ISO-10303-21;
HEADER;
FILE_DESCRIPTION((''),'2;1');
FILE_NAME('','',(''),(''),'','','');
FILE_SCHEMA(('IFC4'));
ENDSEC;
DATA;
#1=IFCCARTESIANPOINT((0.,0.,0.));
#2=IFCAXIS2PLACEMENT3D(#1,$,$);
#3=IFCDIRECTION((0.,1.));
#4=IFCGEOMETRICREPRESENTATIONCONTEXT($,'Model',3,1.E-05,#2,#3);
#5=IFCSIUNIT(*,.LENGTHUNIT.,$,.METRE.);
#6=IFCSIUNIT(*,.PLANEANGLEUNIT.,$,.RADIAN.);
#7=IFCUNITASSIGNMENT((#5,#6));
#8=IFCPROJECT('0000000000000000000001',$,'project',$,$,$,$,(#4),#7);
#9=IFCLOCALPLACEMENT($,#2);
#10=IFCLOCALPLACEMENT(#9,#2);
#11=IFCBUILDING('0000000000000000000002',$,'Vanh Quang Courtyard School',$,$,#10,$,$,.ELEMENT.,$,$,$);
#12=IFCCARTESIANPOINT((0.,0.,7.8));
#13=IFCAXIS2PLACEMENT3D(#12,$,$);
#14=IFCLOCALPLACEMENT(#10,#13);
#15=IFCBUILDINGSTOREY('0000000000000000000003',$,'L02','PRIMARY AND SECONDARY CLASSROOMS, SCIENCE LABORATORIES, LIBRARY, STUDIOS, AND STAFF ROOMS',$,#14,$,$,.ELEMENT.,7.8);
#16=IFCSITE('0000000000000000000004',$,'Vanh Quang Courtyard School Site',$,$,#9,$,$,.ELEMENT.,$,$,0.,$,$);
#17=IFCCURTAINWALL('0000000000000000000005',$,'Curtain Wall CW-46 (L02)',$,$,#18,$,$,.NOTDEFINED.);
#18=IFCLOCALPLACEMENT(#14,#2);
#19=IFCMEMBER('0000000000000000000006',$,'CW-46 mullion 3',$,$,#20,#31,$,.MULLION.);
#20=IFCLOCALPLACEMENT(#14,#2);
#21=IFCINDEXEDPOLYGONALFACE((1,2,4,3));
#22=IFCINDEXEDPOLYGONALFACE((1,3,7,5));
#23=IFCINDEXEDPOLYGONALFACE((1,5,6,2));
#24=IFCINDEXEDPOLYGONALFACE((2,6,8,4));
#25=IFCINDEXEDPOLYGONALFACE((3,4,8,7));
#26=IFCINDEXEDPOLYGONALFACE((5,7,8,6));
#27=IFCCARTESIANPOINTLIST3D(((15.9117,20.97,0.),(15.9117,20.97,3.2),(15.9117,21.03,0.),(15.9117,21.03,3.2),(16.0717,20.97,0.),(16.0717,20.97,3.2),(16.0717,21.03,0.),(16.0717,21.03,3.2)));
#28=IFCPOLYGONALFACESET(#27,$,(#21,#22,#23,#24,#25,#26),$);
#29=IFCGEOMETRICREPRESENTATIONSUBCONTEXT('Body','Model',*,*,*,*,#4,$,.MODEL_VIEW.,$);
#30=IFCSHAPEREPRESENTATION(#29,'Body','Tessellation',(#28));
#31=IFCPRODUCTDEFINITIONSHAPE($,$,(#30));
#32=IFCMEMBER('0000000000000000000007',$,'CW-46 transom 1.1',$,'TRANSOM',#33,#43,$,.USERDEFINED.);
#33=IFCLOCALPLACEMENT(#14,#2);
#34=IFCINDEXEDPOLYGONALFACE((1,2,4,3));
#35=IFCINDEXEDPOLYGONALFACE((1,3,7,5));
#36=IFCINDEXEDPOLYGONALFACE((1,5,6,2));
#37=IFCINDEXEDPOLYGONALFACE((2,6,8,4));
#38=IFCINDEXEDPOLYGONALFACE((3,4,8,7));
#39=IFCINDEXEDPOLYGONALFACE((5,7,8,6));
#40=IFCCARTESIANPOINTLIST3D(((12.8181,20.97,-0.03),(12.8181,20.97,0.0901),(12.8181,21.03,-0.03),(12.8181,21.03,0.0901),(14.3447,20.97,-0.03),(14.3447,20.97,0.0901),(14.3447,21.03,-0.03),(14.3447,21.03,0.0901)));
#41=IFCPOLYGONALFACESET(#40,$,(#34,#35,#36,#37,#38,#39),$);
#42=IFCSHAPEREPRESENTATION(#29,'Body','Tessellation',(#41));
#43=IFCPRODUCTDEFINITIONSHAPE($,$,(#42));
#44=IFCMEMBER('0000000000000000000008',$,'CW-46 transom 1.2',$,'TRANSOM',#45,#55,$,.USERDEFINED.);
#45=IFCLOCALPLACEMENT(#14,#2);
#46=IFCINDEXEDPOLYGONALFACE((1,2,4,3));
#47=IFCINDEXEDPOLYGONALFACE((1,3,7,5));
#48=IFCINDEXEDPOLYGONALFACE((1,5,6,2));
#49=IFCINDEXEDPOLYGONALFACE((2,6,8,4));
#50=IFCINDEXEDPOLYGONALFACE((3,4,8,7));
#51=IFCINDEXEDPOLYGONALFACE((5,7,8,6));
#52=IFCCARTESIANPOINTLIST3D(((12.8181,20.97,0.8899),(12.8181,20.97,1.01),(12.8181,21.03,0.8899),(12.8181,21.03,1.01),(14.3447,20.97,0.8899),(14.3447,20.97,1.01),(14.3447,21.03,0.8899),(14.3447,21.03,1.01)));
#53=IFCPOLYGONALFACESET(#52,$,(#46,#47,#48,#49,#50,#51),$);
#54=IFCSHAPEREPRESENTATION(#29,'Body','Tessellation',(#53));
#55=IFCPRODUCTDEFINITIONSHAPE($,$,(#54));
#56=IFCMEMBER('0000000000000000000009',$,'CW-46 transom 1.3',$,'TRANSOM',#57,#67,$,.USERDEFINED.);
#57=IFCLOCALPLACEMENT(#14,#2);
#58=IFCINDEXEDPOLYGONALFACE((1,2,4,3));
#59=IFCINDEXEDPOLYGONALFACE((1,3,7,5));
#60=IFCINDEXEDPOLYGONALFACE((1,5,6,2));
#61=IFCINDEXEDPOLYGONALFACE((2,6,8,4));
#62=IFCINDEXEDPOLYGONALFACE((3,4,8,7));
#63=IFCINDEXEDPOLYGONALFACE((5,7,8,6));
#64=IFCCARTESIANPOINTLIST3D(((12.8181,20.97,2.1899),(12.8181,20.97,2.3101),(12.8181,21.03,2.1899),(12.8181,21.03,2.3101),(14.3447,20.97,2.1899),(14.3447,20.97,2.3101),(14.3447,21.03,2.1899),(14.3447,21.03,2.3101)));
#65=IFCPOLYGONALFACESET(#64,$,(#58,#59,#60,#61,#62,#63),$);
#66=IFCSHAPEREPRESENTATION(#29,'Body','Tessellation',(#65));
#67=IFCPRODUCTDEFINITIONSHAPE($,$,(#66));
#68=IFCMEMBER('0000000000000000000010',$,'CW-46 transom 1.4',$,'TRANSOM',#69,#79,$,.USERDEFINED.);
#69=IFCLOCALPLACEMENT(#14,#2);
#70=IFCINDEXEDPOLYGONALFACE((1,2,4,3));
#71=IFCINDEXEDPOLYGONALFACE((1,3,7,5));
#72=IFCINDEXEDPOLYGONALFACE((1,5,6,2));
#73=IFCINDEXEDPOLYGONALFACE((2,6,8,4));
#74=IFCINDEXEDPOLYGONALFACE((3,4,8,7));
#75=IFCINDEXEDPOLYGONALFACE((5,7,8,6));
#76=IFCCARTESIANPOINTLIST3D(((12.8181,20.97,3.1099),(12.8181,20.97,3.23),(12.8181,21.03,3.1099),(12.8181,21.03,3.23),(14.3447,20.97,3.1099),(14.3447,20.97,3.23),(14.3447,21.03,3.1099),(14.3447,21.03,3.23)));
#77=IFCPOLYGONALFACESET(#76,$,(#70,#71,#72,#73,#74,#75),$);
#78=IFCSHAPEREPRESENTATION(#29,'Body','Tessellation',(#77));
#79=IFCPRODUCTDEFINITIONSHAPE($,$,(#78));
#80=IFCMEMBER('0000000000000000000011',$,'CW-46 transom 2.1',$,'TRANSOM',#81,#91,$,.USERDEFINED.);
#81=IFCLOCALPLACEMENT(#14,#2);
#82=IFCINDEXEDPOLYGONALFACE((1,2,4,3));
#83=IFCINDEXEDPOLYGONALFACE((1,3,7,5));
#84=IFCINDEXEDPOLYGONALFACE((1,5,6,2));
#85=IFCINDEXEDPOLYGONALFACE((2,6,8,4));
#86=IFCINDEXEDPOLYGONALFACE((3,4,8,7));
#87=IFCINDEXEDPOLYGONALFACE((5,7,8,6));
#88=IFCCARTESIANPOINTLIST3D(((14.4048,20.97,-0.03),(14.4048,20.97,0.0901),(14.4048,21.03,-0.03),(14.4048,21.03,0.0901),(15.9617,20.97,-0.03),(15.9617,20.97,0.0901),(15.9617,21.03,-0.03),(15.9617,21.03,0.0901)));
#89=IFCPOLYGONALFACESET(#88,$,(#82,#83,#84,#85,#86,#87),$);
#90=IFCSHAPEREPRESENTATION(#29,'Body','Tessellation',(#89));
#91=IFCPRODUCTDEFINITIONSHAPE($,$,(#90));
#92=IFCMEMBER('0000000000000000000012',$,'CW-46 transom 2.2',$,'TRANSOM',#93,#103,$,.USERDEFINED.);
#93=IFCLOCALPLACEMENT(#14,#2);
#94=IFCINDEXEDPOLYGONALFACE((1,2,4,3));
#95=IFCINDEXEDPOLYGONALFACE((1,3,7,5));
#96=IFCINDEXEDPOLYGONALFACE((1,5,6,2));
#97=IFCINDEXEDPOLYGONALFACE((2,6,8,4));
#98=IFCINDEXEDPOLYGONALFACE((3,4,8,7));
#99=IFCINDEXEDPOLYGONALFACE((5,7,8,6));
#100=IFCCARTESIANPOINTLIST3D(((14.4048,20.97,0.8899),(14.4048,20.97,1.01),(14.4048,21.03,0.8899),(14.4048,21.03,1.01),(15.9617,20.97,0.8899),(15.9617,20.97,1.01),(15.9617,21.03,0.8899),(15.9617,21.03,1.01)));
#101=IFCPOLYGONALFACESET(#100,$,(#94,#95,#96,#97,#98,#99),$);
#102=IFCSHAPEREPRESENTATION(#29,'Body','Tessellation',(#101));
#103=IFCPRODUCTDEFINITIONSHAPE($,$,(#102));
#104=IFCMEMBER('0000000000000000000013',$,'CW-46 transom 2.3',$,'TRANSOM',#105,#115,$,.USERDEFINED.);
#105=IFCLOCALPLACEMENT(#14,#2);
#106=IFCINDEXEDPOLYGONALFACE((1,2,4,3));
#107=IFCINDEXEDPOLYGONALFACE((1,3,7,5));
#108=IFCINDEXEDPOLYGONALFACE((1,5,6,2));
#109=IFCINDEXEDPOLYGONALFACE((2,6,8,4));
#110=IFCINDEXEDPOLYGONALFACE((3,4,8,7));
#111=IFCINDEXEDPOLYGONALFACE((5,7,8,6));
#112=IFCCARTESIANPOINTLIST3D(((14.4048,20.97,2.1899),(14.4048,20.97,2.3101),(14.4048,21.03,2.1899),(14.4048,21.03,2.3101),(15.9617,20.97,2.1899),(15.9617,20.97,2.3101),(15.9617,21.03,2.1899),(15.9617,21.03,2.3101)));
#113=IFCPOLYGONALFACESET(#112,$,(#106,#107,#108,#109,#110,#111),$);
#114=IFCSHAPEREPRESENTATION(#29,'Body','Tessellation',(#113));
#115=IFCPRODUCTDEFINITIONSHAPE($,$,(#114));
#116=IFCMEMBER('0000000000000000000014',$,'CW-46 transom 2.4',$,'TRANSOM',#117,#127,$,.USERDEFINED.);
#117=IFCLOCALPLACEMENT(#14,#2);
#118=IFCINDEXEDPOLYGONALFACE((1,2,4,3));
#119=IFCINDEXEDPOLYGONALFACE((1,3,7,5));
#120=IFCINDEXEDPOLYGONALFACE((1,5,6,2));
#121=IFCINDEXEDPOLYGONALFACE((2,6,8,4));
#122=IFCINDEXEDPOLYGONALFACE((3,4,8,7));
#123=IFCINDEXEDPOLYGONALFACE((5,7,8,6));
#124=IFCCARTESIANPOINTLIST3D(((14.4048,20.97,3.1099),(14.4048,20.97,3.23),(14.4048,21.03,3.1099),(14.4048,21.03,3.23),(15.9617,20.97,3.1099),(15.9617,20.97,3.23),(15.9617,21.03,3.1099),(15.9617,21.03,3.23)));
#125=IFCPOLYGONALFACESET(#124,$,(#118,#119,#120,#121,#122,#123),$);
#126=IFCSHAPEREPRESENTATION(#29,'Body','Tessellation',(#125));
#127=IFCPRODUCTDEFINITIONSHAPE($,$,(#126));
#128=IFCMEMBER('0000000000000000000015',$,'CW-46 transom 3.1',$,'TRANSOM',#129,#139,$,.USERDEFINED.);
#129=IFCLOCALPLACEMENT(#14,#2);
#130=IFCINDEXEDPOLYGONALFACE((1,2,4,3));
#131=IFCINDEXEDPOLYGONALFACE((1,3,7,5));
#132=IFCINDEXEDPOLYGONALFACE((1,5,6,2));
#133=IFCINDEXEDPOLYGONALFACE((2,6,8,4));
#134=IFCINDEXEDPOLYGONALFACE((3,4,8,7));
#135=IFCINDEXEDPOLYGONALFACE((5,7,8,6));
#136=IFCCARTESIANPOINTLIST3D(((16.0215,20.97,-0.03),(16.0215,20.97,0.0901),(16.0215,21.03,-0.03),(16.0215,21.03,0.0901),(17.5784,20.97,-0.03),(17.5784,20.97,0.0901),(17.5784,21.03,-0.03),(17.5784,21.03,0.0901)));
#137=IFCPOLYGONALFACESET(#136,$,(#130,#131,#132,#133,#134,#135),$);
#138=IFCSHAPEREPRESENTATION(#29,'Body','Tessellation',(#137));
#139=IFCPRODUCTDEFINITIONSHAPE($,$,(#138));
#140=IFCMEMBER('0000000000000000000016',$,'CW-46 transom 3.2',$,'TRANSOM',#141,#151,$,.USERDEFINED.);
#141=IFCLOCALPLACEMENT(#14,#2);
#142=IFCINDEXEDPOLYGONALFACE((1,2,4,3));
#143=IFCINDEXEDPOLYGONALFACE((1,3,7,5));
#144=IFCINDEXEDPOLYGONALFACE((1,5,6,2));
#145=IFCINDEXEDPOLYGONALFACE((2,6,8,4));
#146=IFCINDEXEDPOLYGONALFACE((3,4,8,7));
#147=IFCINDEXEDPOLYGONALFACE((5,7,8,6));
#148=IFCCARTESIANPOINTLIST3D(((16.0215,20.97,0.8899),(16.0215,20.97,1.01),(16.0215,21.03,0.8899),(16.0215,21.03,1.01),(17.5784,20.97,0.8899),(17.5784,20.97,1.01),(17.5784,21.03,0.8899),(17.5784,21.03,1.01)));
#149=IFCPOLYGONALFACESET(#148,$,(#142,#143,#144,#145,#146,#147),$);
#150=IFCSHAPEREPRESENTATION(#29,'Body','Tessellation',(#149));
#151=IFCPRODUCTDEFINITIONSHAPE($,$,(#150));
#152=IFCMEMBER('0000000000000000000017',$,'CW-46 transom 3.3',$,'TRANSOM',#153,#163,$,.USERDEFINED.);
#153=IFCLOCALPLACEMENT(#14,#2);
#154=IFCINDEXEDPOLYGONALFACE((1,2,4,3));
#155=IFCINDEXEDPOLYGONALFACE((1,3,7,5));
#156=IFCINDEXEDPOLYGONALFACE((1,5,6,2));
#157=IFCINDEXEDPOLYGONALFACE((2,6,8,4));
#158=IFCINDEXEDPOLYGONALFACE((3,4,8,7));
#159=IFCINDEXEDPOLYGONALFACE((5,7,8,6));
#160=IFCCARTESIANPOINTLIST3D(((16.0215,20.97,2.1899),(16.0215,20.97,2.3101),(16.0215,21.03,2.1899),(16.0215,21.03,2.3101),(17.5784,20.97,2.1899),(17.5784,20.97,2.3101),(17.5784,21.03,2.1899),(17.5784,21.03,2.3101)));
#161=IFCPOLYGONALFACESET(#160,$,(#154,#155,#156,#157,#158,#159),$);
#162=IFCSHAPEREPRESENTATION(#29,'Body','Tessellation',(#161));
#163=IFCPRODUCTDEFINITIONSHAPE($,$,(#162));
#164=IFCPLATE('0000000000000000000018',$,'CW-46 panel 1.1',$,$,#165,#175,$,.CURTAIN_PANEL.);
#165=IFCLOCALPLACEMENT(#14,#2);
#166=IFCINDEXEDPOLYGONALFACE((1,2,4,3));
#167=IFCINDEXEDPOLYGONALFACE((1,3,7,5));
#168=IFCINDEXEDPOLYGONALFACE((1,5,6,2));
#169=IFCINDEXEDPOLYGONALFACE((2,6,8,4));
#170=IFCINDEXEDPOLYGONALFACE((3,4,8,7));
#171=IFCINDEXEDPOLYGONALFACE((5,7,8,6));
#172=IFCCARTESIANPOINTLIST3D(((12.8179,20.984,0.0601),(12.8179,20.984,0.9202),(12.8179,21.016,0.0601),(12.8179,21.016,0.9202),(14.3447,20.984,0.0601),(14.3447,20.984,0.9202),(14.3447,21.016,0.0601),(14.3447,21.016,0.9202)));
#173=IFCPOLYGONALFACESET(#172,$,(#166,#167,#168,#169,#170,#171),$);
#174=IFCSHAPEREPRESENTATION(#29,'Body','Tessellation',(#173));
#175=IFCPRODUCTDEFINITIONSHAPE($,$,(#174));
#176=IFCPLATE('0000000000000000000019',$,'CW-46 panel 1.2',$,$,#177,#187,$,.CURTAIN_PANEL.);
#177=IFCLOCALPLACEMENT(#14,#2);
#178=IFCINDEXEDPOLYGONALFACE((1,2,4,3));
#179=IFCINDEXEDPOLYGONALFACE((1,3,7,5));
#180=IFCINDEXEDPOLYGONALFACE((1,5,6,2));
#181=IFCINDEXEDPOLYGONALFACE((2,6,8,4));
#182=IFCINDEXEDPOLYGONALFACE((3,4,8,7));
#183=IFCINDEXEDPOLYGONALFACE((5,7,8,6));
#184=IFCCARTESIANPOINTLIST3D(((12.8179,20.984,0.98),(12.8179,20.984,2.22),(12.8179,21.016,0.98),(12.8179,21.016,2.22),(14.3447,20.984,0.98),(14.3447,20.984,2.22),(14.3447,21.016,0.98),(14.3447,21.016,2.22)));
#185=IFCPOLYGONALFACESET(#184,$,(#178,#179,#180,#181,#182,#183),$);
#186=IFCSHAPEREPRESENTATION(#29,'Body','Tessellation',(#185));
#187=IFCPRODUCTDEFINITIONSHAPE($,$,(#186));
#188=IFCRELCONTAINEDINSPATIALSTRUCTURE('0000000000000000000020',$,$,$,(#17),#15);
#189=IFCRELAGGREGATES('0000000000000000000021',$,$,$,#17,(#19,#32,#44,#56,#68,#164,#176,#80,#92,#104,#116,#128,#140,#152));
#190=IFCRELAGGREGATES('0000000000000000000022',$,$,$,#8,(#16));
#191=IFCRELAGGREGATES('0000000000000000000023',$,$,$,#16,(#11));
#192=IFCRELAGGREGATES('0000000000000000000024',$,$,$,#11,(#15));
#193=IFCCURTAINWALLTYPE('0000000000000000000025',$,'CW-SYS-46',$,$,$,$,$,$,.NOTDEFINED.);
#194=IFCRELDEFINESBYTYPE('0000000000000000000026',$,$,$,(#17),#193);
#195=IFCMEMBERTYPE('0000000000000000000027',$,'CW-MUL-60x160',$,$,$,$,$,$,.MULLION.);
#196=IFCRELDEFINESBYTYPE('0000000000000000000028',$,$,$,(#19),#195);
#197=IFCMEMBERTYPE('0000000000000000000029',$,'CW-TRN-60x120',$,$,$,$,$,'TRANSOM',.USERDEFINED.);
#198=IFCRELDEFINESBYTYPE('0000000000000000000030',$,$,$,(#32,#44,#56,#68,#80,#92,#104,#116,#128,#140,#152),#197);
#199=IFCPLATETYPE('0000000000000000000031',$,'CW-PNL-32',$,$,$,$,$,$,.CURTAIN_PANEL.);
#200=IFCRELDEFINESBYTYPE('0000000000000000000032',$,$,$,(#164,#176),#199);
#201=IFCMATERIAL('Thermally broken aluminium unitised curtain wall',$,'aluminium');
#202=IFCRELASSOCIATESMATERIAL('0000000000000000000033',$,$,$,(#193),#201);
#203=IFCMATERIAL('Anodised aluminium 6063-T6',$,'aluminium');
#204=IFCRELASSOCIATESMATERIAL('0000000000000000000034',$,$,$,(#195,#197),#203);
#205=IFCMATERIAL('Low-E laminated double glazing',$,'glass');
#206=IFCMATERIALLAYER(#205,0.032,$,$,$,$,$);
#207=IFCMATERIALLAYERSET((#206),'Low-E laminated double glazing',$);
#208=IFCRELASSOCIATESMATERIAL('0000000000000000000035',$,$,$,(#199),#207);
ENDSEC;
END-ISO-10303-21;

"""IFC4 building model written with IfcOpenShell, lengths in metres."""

from ifc_helpers import new_model, si_unit, direction, frame, origin, origin_2d, place, context, subcontext, project, spatial, rectangle, extrude, material, layer, layer_set, material_profile, profile_set, type_object, element, aggregate, save


model = new_model("IFC4")

# Units and contexts
model_context = context("Model", 3, precision=1e-05, world=origin(), true_north=direction((0.0, 1.0)))
body_context = subcontext(model_context, "Body", "Model", "MODEL_VIEW")
ifc_project = project(units=[si_unit("LENGTHUNIT", "METRE"), si_unit("PLANEANGLEUNIT", "RADIAN")], contexts=[model_context])

# Site, building, storey
site_placement = place(None, origin())
site = spatial("IfcSite", under=ifc_project, at=site_placement, Name="Vanh Quang Courtyard School Site", CompositionType="ELEMENT", RefElevation=0.0)
building_placement = place(site_placement, origin())
building = spatial("IfcBuilding", under=site, at=building_placement, Name="Vanh Quang Courtyard School", CompositionType="ELEMENT")
storey_placement = place(building_placement, frame((0.0, 0.0, 7.8)))
storey = spatial("IfcBuildingStorey", under=building, at=storey_placement, Name="L02", Description="PRIMARY AND SECONDARY CLASSROOMS, SCIENCE LABORATORIES, LIBRARY, STUDIOS, AND STAFF ROOMS", CompositionType="ELEMENT", Elevation=7.8)

# Curtain wall, members, plates
ifc_material_1 = material(Name="Thermally broken aluminium unitised curtain wall", Category="aluminium")
curtain_wall_type = type_object("IfcCurtainWallType", Name="CW-SYS-46", PredefinedType="NOTDEFINED", material=ifc_material_1)
curtain_wall_placement = place(storey_placement, origin())
curtain_wall = element("IfcCurtainWall", 1, at=curtain_wall_placement, inside=storey, type_object=curtain_wall_type, Name="Curtain Wall CW-46 (L02)", PredefinedType="NOTDEFINED")
ifc_material_2 = material(Name="Anodised aluminium 6063-T6", Category="aluminium")
ifc_material_profile_1 = material_profile(ifc_material_2, rectangle(XDim=0.0601, YDim=0.1599, at=origin_2d()), Name="ALU-MUL 60x160")
ifc_profile_set_1 = profile_set([ifc_material_profile_1], Name="Anodised aluminium 6063-T6")
member_type_1 = type_object("IfcMemberType", Name="CW-MUL-60x160", PredefinedType="MULLION", material=ifc_profile_set_1)
member_1_placement = place(storey_placement, frame((15.9917, 21.0, 0.0), z_axis=(0.0, 0.0, 1.0), x_axis=(0.0, 1.0, 0.0)))
member_1 = element("IfcMember", 2, at=member_1_placement, type_object=member_type_1, Name="CW-46 mullion 3", PredefinedType="MULLION", context=body_context, shape_type="SweptSolid", body=[
    extrude(rectangle(XDim=0.0601, YDim=0.1599, at=origin_2d()), origin(), (0.0, 0.0, 1.0), 3.2),
])
ifc_material_profile_2 = material_profile(ifc_material_2, rectangle(XDim=0.0601, YDim=0.1201, at=origin_2d()), Name="ALU-TRN 60x120")
ifc_profile_set_2 = profile_set([ifc_material_profile_2], Name="Anodised aluminium 6063-T6")
member_type_2 = type_object("IfcMemberType", Name="CW-TRN-60x120", ElementType="TRANSOM", PredefinedType="USERDEFINED", material=ifc_profile_set_2)
member_2_placement = place(storey_placement, frame((12.8181, 21.0, 0.03), z_axis=(1.0, 0.0, 0.0), x_axis=(0.0, 1.0, 0.0)))
member_2 = element("IfcMember", 3, at=member_2_placement, type_object=member_type_2, Name="CW-46 transom 1.1", ObjectType="TRANSOM", PredefinedType="USERDEFINED", context=body_context, shape_type="SweptSolid", body=[
    extrude(rectangle(XDim=0.0601, YDim=0.1201, at=origin_2d()), origin(), (0.0, 0.0, 1.0), 1.5266),
])
member_3_placement = place(storey_placement, frame((12.8181, 21.0, 0.95), z_axis=(1.0, 0.0, 0.0), x_axis=(0.0, 1.0, 0.0)))
member_3 = element("IfcMember", 4, at=member_3_placement, type_object=member_type_2, Name="CW-46 transom 1.2", ObjectType="TRANSOM", PredefinedType="USERDEFINED", context=body_context, shape_type="SweptSolid", body=[
    extrude(rectangle(XDim=0.0601, YDim=0.1201, at=origin_2d()), origin(), (0.0, 0.0, 1.0), 1.5266),
])
member_4_placement = place(storey_placement, frame((12.8181, 21.0, 2.25), z_axis=(1.0, 0.0, 0.0), x_axis=(0.0, 1.0, 0.0)))
member_4 = element("IfcMember", 5, at=member_4_placement, type_object=member_type_2, Name="CW-46 transom 1.3", ObjectType="TRANSOM", PredefinedType="USERDEFINED", context=body_context, shape_type="SweptSolid", body=[
    extrude(rectangle(XDim=0.0601, YDim=0.1201, at=origin_2d()), origin(), (0.0, 0.0, 1.0), 1.5266),
])
member_5_placement = place(storey_placement, frame((12.8181, 21.0, 3.1699), z_axis=(1.0, 0.0, 0.0), x_axis=(0.0, 1.0, 0.0)))
member_5 = element("IfcMember", 6, at=member_5_placement, type_object=member_type_2, Name="CW-46 transom 1.4", ObjectType="TRANSOM", PredefinedType="USERDEFINED", context=body_context, shape_type="SweptSolid", body=[
    extrude(rectangle(XDim=0.0601, YDim=0.1201, at=origin_2d()), origin(), (0.0, 0.0, 1.0), 1.5266),
])
member_6_placement = place(storey_placement, frame((14.4048, 21.0, 0.03), z_axis=(1.0, 0.0, 0.0), x_axis=(0.0, 1.0, 0.0)))
member_6 = element("IfcMember", 7, at=member_6_placement, type_object=member_type_2, Name="CW-46 transom 2.1", ObjectType="TRANSOM", PredefinedType="USERDEFINED", context=body_context, shape_type="SweptSolid", body=[
    extrude(rectangle(XDim=0.0601, YDim=0.1201, at=origin_2d()), origin(), (0.0, 0.0, 1.0), 1.5569),
])
member_7_placement = place(storey_placement, frame((14.4048, 21.0, 0.95), z_axis=(1.0, 0.0, 0.0), x_axis=(0.0, 1.0, 0.0)))
member_7 = element("IfcMember", 8, at=member_7_placement, type_object=member_type_2, Name="CW-46 transom 2.2", ObjectType="TRANSOM", PredefinedType="USERDEFINED", context=body_context, shape_type="SweptSolid", body=[
    extrude(rectangle(XDim=0.0601, YDim=0.1201, at=origin_2d()), origin(), (0.0, 0.0, 1.0), 1.5569),
])
member_8_placement = place(storey_placement, frame((14.4048, 21.0, 2.25), z_axis=(1.0, 0.0, 0.0), x_axis=(0.0, 1.0, 0.0)))
member_8 = element("IfcMember", 9, at=member_8_placement, type_object=member_type_2, Name="CW-46 transom 2.3", ObjectType="TRANSOM", PredefinedType="USERDEFINED", context=body_context, shape_type="SweptSolid", body=[
    extrude(rectangle(XDim=0.0601, YDim=0.1201, at=origin_2d()), origin(), (0.0, 0.0, 1.0), 1.5569),
])
member_9_placement = place(storey_placement, frame((14.4048, 21.0, 3.1699), z_axis=(1.0, 0.0, 0.0), x_axis=(0.0, 1.0, 0.0)))
member_9 = element("IfcMember", 10, at=member_9_placement, type_object=member_type_2, Name="CW-46 transom 2.4", ObjectType="TRANSOM", PredefinedType="USERDEFINED", context=body_context, shape_type="SweptSolid", body=[
    extrude(rectangle(XDim=0.0601, YDim=0.1201, at=origin_2d()), origin(), (0.0, 0.0, 1.0), 1.5569),
])
member_10_placement = place(storey_placement, frame((16.0215, 21.0, 0.03), z_axis=(1.0, 0.0, 0.0), x_axis=(0.0, 1.0, 0.0)))
member_10 = element("IfcMember", 11, at=member_10_placement, type_object=member_type_2, Name="CW-46 transom 3.1", ObjectType="TRANSOM", PredefinedType="USERDEFINED", context=body_context, shape_type="SweptSolid", body=[
    extrude(rectangle(XDim=0.0601, YDim=0.1201, at=origin_2d()), origin(), (0.0, 0.0, 1.0), 1.5569),
])
member_11_placement = place(storey_placement, frame((16.0215, 21.0, 0.95), z_axis=(1.0, 0.0, 0.0), x_axis=(0.0, 1.0, 0.0)))
member_11 = element("IfcMember", 12, at=member_11_placement, type_object=member_type_2, Name="CW-46 transom 3.2", ObjectType="TRANSOM", PredefinedType="USERDEFINED", context=body_context, shape_type="SweptSolid", body=[
    extrude(rectangle(XDim=0.0601, YDim=0.1201, at=origin_2d()), origin(), (0.0, 0.0, 1.0), 1.5569),
])
member_12_placement = place(storey_placement, frame((16.0215, 21.0, 2.25), z_axis=(1.0, 0.0, 0.0), x_axis=(0.0, 1.0, 0.0)))
member_12 = element("IfcMember", 13, at=member_12_placement, type_object=member_type_2, Name="CW-46 transom 3.3", ObjectType="TRANSOM", PredefinedType="USERDEFINED", context=body_context, shape_type="SweptSolid", body=[
    extrude(rectangle(XDim=0.0601, YDim=0.1201, at=origin_2d()), origin(), (0.0, 0.0, 1.0), 1.5569),
])
ifc_material_3 = material(Name="Low-E laminated double glazing", Category="glass")
ifc_layer_1 = layer(ifc_material_3, 0.032)
ifc_layer_set_1 = layer_set([ifc_layer_1], Name="Low-E laminated double glazing")
plate_type = type_object("IfcPlateType", Name="CW-PNL-32", PredefinedType="CURTAIN_PANEL", material=ifc_layer_set_1)
plate_1_placement = place(storey_placement, frame((13.5813, 21.0, 0.0601), z_axis=(0.0, 0.0, 1.0), x_axis=(1.0, 0.0, 0.0)))
plate_1 = element("IfcPlate", 14, at=plate_1_placement, type_object=plate_type, Name="CW-46 panel 1.1", PredefinedType="CURTAIN_PANEL", context=body_context, shape_type="SweptSolid", body=[
    extrude(rectangle(XDim=1.5269, YDim=0.032, at=origin_2d()), origin(), (0.0, 0.0, 1.0), 0.8601),
])
plate_2_placement = place(storey_placement, frame((13.5813, 21.0, 0.98), z_axis=(0.0, 0.0, 1.0), x_axis=(1.0, 0.0, 0.0)))
plate_2 = element("IfcPlate", 15, at=plate_2_placement, type_object=plate_type, Name="CW-46 panel 1.2", PredefinedType="CURTAIN_PANEL", context=body_context, shape_type="SweptSolid", body=[
    extrude(rectangle(XDim=1.5269, YDim=0.032, at=origin_2d()), origin(), (0.0, 0.0, 1.0), 1.24),
])
aggregate(curtain_wall, [member_1, member_2, member_3, member_4, member_5, plate_1, plate_2, member_6, member_7, member_8, member_9, member_10, member_11, member_12])

save(model, "model.ifc")
